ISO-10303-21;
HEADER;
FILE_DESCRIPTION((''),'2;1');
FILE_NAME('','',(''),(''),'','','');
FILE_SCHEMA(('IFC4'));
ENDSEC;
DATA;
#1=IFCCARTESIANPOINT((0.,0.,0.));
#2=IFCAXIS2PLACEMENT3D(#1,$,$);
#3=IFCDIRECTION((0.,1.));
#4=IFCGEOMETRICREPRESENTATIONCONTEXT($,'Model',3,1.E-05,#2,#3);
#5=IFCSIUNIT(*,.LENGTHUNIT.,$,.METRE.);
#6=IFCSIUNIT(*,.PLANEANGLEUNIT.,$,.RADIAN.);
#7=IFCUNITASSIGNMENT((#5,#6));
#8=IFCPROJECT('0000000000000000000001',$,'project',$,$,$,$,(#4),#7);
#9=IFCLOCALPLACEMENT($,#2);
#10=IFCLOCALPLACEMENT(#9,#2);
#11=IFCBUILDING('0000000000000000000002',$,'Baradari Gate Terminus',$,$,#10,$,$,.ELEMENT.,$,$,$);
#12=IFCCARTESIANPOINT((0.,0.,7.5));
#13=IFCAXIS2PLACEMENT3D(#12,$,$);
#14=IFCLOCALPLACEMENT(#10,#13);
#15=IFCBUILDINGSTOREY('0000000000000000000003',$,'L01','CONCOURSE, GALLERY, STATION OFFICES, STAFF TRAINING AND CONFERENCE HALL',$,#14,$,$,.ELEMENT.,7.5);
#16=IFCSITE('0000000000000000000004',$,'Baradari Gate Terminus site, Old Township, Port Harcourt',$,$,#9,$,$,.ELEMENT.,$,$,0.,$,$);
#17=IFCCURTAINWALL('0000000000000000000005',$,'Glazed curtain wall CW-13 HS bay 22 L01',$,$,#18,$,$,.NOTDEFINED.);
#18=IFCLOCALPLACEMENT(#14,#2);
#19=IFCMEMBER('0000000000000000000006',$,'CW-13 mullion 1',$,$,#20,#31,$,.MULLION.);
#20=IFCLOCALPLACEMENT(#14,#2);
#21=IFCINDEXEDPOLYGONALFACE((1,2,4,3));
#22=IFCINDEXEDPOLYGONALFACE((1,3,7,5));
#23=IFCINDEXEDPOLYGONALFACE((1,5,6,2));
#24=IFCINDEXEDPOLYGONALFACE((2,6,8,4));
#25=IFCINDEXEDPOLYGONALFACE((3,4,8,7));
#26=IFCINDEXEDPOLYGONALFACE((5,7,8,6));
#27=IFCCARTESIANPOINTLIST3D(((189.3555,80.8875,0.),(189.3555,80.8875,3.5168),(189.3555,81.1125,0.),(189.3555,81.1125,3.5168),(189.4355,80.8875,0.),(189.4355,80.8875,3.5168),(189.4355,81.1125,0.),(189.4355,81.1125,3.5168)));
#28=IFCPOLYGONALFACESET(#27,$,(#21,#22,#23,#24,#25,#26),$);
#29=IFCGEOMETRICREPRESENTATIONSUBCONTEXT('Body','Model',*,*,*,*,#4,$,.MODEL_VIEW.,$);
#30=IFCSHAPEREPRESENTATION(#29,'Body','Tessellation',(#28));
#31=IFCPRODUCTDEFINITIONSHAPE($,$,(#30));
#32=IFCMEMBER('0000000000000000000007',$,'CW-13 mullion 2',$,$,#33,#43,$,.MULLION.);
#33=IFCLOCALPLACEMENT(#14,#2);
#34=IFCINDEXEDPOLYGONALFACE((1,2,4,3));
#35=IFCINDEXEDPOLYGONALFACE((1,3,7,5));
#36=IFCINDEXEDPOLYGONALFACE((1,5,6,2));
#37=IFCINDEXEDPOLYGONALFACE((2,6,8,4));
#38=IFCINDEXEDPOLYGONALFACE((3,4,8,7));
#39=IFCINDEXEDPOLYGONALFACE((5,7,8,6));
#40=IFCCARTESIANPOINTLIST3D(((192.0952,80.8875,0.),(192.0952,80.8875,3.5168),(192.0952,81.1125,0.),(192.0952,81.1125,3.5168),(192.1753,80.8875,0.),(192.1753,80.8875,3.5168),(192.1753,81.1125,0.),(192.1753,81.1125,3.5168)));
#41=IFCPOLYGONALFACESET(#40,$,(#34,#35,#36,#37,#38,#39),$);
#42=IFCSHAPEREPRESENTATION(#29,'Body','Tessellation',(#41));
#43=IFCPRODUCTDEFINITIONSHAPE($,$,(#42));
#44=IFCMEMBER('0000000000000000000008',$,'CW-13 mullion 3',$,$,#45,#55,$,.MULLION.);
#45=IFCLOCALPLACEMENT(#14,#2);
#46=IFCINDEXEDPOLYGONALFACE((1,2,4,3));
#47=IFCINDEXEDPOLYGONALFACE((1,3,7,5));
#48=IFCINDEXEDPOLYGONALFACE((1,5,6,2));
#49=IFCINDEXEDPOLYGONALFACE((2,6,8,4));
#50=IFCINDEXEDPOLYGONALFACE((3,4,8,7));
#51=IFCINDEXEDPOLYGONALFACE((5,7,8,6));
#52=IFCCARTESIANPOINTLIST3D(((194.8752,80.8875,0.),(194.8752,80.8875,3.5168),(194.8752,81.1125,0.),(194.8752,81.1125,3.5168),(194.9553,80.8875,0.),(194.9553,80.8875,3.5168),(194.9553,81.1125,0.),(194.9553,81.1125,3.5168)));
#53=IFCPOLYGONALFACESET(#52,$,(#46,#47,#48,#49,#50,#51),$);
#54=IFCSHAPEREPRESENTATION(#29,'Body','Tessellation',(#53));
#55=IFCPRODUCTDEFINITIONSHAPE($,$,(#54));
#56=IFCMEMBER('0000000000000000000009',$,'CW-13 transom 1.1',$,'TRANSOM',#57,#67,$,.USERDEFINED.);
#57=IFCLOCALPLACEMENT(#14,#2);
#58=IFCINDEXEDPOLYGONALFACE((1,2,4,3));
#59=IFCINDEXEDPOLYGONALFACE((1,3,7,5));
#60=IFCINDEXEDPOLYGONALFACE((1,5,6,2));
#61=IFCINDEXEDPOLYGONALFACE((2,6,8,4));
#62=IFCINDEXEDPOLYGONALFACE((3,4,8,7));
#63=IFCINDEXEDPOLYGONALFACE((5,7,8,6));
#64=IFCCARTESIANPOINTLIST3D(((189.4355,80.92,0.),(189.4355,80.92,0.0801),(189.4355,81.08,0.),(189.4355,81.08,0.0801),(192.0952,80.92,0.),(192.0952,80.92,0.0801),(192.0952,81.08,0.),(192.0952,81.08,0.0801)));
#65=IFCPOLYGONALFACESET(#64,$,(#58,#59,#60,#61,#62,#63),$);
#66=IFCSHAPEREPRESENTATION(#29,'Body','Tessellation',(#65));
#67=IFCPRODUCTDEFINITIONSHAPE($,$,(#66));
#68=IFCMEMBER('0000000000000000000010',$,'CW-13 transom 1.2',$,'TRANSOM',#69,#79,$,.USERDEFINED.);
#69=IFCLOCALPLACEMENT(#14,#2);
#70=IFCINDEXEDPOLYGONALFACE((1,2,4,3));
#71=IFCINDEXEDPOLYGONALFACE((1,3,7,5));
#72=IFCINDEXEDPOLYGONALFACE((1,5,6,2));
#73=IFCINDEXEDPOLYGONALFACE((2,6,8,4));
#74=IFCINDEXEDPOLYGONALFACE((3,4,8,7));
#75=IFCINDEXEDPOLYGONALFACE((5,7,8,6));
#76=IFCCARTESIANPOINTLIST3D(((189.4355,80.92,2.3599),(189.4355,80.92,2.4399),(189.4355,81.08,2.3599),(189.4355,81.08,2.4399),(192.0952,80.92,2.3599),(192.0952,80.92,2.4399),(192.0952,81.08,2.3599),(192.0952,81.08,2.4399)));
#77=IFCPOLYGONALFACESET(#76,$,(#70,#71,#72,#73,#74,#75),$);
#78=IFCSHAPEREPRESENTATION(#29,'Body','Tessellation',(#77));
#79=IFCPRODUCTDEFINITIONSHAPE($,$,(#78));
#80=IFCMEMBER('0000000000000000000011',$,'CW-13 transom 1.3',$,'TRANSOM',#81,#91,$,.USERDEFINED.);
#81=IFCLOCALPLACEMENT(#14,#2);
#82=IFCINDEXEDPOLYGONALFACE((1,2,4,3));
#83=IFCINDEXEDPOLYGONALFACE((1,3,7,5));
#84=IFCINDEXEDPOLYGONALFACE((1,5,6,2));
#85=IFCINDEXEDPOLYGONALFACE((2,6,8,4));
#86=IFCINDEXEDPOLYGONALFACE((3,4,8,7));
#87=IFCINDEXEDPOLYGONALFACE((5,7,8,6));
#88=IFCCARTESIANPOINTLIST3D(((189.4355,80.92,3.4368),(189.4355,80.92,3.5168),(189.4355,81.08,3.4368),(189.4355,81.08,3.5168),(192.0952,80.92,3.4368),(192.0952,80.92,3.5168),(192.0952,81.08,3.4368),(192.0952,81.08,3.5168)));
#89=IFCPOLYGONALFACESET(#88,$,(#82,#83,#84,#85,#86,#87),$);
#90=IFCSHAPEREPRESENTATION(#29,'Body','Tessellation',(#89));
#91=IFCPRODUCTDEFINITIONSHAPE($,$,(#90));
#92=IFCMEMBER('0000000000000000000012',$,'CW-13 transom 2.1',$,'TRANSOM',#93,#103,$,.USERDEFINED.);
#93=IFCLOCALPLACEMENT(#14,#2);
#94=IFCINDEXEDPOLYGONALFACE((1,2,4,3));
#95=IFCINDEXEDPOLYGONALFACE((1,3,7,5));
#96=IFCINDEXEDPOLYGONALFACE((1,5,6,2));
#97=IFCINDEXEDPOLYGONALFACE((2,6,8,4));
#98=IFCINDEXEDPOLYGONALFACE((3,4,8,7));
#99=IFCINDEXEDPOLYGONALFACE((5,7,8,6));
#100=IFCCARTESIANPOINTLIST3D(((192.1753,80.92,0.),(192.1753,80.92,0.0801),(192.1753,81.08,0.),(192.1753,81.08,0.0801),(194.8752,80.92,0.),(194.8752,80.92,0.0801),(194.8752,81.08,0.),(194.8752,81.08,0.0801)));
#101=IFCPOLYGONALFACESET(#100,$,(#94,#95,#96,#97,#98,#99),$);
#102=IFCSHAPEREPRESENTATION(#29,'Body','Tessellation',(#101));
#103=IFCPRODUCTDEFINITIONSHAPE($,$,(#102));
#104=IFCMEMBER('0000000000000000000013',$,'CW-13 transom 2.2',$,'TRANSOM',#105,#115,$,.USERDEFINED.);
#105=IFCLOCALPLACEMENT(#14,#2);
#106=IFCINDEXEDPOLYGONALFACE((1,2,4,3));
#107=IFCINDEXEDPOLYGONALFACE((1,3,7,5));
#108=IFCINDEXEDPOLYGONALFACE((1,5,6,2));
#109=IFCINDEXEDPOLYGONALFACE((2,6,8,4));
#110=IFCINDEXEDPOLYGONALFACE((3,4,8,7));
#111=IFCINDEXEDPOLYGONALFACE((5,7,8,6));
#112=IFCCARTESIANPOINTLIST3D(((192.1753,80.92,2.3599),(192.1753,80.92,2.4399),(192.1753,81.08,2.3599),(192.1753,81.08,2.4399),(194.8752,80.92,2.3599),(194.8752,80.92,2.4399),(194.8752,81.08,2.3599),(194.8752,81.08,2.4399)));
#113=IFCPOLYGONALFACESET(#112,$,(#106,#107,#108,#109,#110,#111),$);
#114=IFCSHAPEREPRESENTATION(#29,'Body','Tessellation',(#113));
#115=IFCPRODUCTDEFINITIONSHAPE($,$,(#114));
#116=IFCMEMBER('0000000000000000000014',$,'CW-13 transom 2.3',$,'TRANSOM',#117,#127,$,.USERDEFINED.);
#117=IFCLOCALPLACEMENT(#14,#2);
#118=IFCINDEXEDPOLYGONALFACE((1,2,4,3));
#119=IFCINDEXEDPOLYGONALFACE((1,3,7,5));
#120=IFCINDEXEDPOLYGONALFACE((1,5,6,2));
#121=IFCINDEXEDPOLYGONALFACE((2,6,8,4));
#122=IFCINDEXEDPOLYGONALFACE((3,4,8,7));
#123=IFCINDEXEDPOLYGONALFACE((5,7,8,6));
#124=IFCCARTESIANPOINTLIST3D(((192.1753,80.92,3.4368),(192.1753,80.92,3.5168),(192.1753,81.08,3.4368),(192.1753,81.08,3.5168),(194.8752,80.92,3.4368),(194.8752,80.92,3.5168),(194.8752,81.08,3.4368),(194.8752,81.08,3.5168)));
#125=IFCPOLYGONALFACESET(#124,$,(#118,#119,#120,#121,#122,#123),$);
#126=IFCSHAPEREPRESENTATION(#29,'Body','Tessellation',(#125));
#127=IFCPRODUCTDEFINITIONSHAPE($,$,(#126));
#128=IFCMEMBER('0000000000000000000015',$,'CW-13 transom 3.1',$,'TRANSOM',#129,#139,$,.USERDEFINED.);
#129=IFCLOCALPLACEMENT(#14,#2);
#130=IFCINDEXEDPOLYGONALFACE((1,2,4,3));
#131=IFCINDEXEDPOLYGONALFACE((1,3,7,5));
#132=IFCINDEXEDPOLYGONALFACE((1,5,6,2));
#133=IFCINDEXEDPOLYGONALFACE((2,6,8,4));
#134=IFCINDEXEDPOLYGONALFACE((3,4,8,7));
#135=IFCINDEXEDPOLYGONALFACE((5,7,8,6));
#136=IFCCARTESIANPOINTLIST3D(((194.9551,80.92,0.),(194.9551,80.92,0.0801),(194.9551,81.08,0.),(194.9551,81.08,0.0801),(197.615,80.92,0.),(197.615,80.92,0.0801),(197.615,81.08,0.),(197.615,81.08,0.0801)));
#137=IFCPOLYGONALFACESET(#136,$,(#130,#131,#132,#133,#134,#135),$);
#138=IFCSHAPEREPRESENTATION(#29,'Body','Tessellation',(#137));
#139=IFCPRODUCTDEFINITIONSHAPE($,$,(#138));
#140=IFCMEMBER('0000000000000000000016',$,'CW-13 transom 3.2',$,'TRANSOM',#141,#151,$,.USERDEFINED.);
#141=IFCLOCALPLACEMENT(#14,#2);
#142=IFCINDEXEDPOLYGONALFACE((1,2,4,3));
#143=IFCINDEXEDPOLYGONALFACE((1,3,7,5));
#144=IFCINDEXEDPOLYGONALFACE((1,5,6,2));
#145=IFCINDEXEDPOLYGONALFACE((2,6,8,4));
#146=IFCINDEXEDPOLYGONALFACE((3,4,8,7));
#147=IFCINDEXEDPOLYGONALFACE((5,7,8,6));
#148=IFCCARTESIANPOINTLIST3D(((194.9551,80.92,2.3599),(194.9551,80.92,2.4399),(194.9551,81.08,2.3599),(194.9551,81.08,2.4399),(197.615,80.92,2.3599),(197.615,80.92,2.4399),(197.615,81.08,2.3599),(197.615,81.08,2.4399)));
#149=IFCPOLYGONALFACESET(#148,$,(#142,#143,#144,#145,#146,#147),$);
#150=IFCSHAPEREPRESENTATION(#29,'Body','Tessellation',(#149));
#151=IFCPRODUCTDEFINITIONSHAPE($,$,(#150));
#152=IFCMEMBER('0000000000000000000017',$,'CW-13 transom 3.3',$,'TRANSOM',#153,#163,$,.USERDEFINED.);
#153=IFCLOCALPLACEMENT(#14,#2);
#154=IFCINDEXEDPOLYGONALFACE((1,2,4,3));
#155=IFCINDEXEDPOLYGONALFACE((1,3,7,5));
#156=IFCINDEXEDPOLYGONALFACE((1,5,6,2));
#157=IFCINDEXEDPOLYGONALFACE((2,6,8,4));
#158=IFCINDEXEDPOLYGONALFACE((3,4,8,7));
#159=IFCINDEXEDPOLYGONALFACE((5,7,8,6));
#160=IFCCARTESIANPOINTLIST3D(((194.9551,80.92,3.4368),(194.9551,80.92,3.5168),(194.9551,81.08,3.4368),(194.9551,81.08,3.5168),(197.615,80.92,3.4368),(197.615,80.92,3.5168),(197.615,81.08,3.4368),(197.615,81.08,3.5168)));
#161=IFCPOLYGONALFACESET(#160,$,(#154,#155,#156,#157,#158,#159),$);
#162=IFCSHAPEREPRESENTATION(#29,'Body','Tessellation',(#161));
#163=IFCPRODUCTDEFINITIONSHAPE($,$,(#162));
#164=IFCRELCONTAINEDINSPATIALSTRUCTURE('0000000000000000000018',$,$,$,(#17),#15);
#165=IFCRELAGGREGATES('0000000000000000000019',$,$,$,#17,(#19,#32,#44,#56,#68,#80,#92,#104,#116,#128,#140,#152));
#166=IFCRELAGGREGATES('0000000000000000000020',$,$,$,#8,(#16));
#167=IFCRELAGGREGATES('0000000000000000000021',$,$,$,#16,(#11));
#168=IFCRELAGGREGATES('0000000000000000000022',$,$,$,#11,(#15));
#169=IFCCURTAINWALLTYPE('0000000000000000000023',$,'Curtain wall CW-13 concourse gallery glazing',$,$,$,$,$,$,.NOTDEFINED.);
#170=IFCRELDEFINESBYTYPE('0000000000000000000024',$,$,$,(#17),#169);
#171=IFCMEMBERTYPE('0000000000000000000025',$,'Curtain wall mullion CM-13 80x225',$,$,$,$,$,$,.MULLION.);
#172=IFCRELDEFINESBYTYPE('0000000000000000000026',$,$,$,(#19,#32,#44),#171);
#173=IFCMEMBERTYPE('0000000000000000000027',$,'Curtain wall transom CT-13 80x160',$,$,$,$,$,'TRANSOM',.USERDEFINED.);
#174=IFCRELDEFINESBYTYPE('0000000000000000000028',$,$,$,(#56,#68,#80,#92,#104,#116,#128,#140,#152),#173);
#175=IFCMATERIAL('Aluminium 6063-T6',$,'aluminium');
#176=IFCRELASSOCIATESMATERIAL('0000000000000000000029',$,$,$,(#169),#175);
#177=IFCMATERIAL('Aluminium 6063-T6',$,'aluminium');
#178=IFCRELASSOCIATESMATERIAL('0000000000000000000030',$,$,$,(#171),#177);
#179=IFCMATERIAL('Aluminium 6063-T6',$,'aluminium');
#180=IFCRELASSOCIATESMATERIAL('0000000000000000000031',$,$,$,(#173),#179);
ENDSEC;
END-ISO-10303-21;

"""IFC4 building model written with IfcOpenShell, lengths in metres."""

from ifc_helpers import new_model, si_unit, direction, frame, origin, origin_2d, place, context, subcontext, project, spatial, rectangle, extrude, material, material_profile, profile_set, type_object, element, aggregate, save


model = new_model("IFC4")

# Units and contexts
model_context = context("Model", 3, precision=1e-05, world=origin(), true_north=direction((0.0, 1.0)))
body_context = subcontext(model_context, "Body", "Model", "MODEL_VIEW")
ifc_project = project(units=[si_unit("LENGTHUNIT", "METRE"), si_unit("PLANEANGLEUNIT", "RADIAN")], contexts=[model_context])

# Site, building, storey
site_placement = place(None, origin())
site = spatial("IfcSite", under=ifc_project, at=site_placement, Name="Baradari Gate Terminus site, Old Township, Port Harcourt", CompositionType="ELEMENT", RefElevation=0.0)
building_placement = place(site_placement, origin())
building = spatial("IfcBuilding", under=site, at=building_placement, Name="Baradari Gate Terminus", CompositionType="ELEMENT")
storey_placement = place(building_placement, frame((0.0, 0.0, 7.5)))
storey = spatial("IfcBuildingStorey", under=building, at=storey_placement, Name="L01", Description="CONCOURSE, GALLERY, STATION OFFICES, STAFF TRAINING AND CONFERENCE HALL", CompositionType="ELEMENT", Elevation=7.5)

# Curtain wall, members
ifc_material_1 = material(Name="Aluminium 6063-T6", Category="aluminium")
curtain_wall_type = type_object("IfcCurtainWallType", Name="Curtain wall CW-13 concourse gallery glazing", PredefinedType="NOTDEFINED", material=ifc_material_1)
curtain_wall_placement = place(storey_placement, origin())
curtain_wall = element("IfcCurtainWall", 1, at=curtain_wall_placement, inside=storey, type_object=curtain_wall_type, Name="Glazed curtain wall CW-13 HS bay 22 L01", PredefinedType="NOTDEFINED")
ifc_material_2 = material(Name="Aluminium 6063-T6", Category="aluminium")
ifc_material_profile_1 = material_profile(ifc_material_2, rectangle(XDim=0.2251, YDim=0.0801, at=origin_2d()), Name="CM-13 80X225")
ifc_profile_set_1 = profile_set([ifc_material_profile_1], Name="Aluminium 6063-T6")
member_type_1 = type_object("IfcMemberType", Name="Curtain wall mullion CM-13 80x225", PredefinedType="MULLION", material=ifc_profile_set_1)
member_1_placement = place(storey_placement, frame((189.3955, 81.0, 0.0), z_axis=(0.0, 0.0, 1.0), x_axis=(0.0, 1.0, 0.0)))
member_1 = element("IfcMember", 2, at=member_1_placement, type_object=member_type_1, Name="CW-13 mullion 1", PredefinedType="MULLION", context=body_context, shape_type="SweptSolid", body=[
    extrude(rectangle(XDim=0.2251, YDim=0.0801, at=origin_2d()), origin(), (0.0, 0.0, 1.0), 3.5168),
])
member_2_placement = place(storey_placement, frame((192.1353, 81.0, 0.0), z_axis=(0.0, 0.0, 1.0), x_axis=(0.0, 1.0, 0.0)))
member_2 = element("IfcMember", 3, at=member_2_placement, type_object=member_type_1, Name="CW-13 mullion 2", PredefinedType="MULLION", context=body_context, shape_type="SweptSolid", body=[
    extrude(rectangle(XDim=0.2251, YDim=0.0801, at=origin_2d()), origin(), (0.0, 0.0, 1.0), 3.5168),
])
member_3_placement = place(storey_placement, frame((194.9153, 81.0, 0.0), z_axis=(0.0, 0.0, 1.0), x_axis=(0.0, 1.0, 0.0)))
member_3 = element("IfcMember", 4, at=member_3_placement, type_object=member_type_1, Name="CW-13 mullion 3", PredefinedType="MULLION", context=body_context, shape_type="SweptSolid", body=[
    extrude(rectangle(XDim=0.2251, YDim=0.0801, at=origin_2d()), origin(), (0.0, 0.0, 1.0), 3.5168),
])
ifc_material_3 = material(Name="Aluminium 6063-T6", Category="aluminium")
ifc_material_profile_2 = material_profile(ifc_material_3, rectangle(XDim=0.1599, YDim=0.0801, at=origin_2d()), Name="CT-13 80X160")
ifc_profile_set_2 = profile_set([ifc_material_profile_2], Name="Aluminium 6063-T6")
member_type_2 = type_object("IfcMemberType", Name="Curtain wall transom CT-13 80x160", ElementType="TRANSOM", PredefinedType="USERDEFINED", material=ifc_profile_set_2)
member_4_placement = place(storey_placement, frame((189.4355, 81.0, 0.04), z_axis=(1.0, 0.0, 0.0), x_axis=(0.0, 1.0, 0.0)))
member_4 = element("IfcMember", 5, at=member_4_placement, type_object=member_type_2, Name="CW-13 transom 1.1", ObjectType="TRANSOM", PredefinedType="USERDEFINED", context=body_context, shape_type="SweptSolid", body=[
    extrude(rectangle(XDim=0.1599, YDim=0.0801, at=origin_2d()), origin(), (0.0, 0.0, 1.0), 2.6597),
])
member_5_placement = place(storey_placement, frame((189.4355, 81.0, 2.3999), z_axis=(1.0, 0.0, 0.0), x_axis=(0.0, 1.0, 0.0)))
member_5 = element("IfcMember", 6, at=member_5_placement, type_object=member_type_2, Name="CW-13 transom 1.2", ObjectType="TRANSOM", PredefinedType="USERDEFINED", context=body_context, shape_type="SweptSolid", body=[
    extrude(rectangle(XDim=0.1599, YDim=0.0801, at=origin_2d()), origin(), (0.0, 0.0, 1.0), 2.6597),
])
member_6_placement = place(storey_placement, frame((189.4355, 81.0, 3.4768), z_axis=(1.0, 0.0, 0.0), x_axis=(0.0, 1.0, 0.0)))
member_6 = element("IfcMember", 7, at=member_6_placement, type_object=member_type_2, Name="CW-13 transom 1.3", ObjectType="TRANSOM", PredefinedType="USERDEFINED", context=body_context, shape_type="SweptSolid", body=[
    extrude(rectangle(XDim=0.1599, YDim=0.0801, at=origin_2d()), origin(), (0.0, 0.0, 1.0), 2.6597),
])
member_7_placement = place(storey_placement, frame((192.1753, 81.0, 0.04), z_axis=(1.0, 0.0, 0.0), x_axis=(0.0, 1.0, 0.0)))
member_7 = element("IfcMember", 8, at=member_7_placement, type_object=member_type_2, Name="CW-13 transom 2.1", ObjectType="TRANSOM", PredefinedType="USERDEFINED", context=body_context, shape_type="SweptSolid", body=[
    extrude(rectangle(XDim=0.1599, YDim=0.0801, at=origin_2d()), origin(), (0.0, 0.0, 1.0), 2.7),
])
member_8_placement = place(storey_placement, frame((192.1753, 81.0, 2.3999), z_axis=(1.0, 0.0, 0.0), x_axis=(0.0, 1.0, 0.0)))
member_8 = element("IfcMember", 9, at=member_8_placement, type_object=member_type_2, Name="CW-13 transom 2.2", ObjectType="TRANSOM", PredefinedType="USERDEFINED", context=body_context, shape_type="SweptSolid", body=[
    extrude(rectangle(XDim=0.1599, YDim=0.0801, at=origin_2d()), origin(), (0.0, 0.0, 1.0), 2.7),
])
member_9_placement = place(storey_placement, frame((192.1753, 81.0, 3.4768), z_axis=(1.0, 0.0, 0.0), x_axis=(0.0, 1.0, 0.0)))
member_9 = element("IfcMember", 10, at=member_9_placement, type_object=member_type_2, Name="CW-13 transom 2.3", ObjectType="TRANSOM", PredefinedType="USERDEFINED", context=body_context, shape_type="SweptSolid", body=[
    extrude(rectangle(XDim=0.1599, YDim=0.0801, at=origin_2d()), origin(), (0.0, 0.0, 1.0), 2.7),
])
member_10_placement = place(storey_placement, frame((194.9551, 81.0, 0.04), z_axis=(1.0, 0.0, 0.0), x_axis=(0.0, 1.0, 0.0)))
member_10 = element("IfcMember", 11, at=member_10_placement, type_object=member_type_2, Name="CW-13 transom 3.1", ObjectType="TRANSOM", PredefinedType="USERDEFINED", context=body_context, shape_type="SweptSolid", body=[
    extrude(rectangle(XDim=0.1599, YDim=0.0801, at=origin_2d()), origin(), (0.0, 0.0, 1.0), 2.6599),
])
member_11_placement = place(storey_placement, frame((194.9551, 81.0, 2.3999), z_axis=(1.0, 0.0, 0.0), x_axis=(0.0, 1.0, 0.0)))
member_11 = element("IfcMember", 12, at=member_11_placement, type_object=member_type_2, Name="CW-13 transom 3.2", ObjectType="TRANSOM", PredefinedType="USERDEFINED", context=body_context, shape_type="SweptSolid", body=[
    extrude(rectangle(XDim=0.1599, YDim=0.0801, at=origin_2d()), origin(), (0.0, 0.0, 1.0), 2.6599),
])
member_12_placement = place(storey_placement, frame((194.9551, 81.0, 3.4768), z_axis=(1.0, 0.0, 0.0), x_axis=(0.0, 1.0, 0.0)))
member_12 = element("IfcMember", 13, at=member_12_placement, type_object=member_type_2, Name="CW-13 transom 3.3", ObjectType="TRANSOM", PredefinedType="USERDEFINED", context=body_context, shape_type="SweptSolid", body=[
    extrude(rectangle(XDim=0.1599, YDim=0.0801, at=origin_2d()), origin(), (0.0, 0.0, 1.0), 2.6599),
])

aggregate(curtain_wall, [member_1, member_2, member_3, member_4, member_5, member_6, member_7, member_8, member_9, member_10, member_11, member_12])

save(model, "model.ifc")
